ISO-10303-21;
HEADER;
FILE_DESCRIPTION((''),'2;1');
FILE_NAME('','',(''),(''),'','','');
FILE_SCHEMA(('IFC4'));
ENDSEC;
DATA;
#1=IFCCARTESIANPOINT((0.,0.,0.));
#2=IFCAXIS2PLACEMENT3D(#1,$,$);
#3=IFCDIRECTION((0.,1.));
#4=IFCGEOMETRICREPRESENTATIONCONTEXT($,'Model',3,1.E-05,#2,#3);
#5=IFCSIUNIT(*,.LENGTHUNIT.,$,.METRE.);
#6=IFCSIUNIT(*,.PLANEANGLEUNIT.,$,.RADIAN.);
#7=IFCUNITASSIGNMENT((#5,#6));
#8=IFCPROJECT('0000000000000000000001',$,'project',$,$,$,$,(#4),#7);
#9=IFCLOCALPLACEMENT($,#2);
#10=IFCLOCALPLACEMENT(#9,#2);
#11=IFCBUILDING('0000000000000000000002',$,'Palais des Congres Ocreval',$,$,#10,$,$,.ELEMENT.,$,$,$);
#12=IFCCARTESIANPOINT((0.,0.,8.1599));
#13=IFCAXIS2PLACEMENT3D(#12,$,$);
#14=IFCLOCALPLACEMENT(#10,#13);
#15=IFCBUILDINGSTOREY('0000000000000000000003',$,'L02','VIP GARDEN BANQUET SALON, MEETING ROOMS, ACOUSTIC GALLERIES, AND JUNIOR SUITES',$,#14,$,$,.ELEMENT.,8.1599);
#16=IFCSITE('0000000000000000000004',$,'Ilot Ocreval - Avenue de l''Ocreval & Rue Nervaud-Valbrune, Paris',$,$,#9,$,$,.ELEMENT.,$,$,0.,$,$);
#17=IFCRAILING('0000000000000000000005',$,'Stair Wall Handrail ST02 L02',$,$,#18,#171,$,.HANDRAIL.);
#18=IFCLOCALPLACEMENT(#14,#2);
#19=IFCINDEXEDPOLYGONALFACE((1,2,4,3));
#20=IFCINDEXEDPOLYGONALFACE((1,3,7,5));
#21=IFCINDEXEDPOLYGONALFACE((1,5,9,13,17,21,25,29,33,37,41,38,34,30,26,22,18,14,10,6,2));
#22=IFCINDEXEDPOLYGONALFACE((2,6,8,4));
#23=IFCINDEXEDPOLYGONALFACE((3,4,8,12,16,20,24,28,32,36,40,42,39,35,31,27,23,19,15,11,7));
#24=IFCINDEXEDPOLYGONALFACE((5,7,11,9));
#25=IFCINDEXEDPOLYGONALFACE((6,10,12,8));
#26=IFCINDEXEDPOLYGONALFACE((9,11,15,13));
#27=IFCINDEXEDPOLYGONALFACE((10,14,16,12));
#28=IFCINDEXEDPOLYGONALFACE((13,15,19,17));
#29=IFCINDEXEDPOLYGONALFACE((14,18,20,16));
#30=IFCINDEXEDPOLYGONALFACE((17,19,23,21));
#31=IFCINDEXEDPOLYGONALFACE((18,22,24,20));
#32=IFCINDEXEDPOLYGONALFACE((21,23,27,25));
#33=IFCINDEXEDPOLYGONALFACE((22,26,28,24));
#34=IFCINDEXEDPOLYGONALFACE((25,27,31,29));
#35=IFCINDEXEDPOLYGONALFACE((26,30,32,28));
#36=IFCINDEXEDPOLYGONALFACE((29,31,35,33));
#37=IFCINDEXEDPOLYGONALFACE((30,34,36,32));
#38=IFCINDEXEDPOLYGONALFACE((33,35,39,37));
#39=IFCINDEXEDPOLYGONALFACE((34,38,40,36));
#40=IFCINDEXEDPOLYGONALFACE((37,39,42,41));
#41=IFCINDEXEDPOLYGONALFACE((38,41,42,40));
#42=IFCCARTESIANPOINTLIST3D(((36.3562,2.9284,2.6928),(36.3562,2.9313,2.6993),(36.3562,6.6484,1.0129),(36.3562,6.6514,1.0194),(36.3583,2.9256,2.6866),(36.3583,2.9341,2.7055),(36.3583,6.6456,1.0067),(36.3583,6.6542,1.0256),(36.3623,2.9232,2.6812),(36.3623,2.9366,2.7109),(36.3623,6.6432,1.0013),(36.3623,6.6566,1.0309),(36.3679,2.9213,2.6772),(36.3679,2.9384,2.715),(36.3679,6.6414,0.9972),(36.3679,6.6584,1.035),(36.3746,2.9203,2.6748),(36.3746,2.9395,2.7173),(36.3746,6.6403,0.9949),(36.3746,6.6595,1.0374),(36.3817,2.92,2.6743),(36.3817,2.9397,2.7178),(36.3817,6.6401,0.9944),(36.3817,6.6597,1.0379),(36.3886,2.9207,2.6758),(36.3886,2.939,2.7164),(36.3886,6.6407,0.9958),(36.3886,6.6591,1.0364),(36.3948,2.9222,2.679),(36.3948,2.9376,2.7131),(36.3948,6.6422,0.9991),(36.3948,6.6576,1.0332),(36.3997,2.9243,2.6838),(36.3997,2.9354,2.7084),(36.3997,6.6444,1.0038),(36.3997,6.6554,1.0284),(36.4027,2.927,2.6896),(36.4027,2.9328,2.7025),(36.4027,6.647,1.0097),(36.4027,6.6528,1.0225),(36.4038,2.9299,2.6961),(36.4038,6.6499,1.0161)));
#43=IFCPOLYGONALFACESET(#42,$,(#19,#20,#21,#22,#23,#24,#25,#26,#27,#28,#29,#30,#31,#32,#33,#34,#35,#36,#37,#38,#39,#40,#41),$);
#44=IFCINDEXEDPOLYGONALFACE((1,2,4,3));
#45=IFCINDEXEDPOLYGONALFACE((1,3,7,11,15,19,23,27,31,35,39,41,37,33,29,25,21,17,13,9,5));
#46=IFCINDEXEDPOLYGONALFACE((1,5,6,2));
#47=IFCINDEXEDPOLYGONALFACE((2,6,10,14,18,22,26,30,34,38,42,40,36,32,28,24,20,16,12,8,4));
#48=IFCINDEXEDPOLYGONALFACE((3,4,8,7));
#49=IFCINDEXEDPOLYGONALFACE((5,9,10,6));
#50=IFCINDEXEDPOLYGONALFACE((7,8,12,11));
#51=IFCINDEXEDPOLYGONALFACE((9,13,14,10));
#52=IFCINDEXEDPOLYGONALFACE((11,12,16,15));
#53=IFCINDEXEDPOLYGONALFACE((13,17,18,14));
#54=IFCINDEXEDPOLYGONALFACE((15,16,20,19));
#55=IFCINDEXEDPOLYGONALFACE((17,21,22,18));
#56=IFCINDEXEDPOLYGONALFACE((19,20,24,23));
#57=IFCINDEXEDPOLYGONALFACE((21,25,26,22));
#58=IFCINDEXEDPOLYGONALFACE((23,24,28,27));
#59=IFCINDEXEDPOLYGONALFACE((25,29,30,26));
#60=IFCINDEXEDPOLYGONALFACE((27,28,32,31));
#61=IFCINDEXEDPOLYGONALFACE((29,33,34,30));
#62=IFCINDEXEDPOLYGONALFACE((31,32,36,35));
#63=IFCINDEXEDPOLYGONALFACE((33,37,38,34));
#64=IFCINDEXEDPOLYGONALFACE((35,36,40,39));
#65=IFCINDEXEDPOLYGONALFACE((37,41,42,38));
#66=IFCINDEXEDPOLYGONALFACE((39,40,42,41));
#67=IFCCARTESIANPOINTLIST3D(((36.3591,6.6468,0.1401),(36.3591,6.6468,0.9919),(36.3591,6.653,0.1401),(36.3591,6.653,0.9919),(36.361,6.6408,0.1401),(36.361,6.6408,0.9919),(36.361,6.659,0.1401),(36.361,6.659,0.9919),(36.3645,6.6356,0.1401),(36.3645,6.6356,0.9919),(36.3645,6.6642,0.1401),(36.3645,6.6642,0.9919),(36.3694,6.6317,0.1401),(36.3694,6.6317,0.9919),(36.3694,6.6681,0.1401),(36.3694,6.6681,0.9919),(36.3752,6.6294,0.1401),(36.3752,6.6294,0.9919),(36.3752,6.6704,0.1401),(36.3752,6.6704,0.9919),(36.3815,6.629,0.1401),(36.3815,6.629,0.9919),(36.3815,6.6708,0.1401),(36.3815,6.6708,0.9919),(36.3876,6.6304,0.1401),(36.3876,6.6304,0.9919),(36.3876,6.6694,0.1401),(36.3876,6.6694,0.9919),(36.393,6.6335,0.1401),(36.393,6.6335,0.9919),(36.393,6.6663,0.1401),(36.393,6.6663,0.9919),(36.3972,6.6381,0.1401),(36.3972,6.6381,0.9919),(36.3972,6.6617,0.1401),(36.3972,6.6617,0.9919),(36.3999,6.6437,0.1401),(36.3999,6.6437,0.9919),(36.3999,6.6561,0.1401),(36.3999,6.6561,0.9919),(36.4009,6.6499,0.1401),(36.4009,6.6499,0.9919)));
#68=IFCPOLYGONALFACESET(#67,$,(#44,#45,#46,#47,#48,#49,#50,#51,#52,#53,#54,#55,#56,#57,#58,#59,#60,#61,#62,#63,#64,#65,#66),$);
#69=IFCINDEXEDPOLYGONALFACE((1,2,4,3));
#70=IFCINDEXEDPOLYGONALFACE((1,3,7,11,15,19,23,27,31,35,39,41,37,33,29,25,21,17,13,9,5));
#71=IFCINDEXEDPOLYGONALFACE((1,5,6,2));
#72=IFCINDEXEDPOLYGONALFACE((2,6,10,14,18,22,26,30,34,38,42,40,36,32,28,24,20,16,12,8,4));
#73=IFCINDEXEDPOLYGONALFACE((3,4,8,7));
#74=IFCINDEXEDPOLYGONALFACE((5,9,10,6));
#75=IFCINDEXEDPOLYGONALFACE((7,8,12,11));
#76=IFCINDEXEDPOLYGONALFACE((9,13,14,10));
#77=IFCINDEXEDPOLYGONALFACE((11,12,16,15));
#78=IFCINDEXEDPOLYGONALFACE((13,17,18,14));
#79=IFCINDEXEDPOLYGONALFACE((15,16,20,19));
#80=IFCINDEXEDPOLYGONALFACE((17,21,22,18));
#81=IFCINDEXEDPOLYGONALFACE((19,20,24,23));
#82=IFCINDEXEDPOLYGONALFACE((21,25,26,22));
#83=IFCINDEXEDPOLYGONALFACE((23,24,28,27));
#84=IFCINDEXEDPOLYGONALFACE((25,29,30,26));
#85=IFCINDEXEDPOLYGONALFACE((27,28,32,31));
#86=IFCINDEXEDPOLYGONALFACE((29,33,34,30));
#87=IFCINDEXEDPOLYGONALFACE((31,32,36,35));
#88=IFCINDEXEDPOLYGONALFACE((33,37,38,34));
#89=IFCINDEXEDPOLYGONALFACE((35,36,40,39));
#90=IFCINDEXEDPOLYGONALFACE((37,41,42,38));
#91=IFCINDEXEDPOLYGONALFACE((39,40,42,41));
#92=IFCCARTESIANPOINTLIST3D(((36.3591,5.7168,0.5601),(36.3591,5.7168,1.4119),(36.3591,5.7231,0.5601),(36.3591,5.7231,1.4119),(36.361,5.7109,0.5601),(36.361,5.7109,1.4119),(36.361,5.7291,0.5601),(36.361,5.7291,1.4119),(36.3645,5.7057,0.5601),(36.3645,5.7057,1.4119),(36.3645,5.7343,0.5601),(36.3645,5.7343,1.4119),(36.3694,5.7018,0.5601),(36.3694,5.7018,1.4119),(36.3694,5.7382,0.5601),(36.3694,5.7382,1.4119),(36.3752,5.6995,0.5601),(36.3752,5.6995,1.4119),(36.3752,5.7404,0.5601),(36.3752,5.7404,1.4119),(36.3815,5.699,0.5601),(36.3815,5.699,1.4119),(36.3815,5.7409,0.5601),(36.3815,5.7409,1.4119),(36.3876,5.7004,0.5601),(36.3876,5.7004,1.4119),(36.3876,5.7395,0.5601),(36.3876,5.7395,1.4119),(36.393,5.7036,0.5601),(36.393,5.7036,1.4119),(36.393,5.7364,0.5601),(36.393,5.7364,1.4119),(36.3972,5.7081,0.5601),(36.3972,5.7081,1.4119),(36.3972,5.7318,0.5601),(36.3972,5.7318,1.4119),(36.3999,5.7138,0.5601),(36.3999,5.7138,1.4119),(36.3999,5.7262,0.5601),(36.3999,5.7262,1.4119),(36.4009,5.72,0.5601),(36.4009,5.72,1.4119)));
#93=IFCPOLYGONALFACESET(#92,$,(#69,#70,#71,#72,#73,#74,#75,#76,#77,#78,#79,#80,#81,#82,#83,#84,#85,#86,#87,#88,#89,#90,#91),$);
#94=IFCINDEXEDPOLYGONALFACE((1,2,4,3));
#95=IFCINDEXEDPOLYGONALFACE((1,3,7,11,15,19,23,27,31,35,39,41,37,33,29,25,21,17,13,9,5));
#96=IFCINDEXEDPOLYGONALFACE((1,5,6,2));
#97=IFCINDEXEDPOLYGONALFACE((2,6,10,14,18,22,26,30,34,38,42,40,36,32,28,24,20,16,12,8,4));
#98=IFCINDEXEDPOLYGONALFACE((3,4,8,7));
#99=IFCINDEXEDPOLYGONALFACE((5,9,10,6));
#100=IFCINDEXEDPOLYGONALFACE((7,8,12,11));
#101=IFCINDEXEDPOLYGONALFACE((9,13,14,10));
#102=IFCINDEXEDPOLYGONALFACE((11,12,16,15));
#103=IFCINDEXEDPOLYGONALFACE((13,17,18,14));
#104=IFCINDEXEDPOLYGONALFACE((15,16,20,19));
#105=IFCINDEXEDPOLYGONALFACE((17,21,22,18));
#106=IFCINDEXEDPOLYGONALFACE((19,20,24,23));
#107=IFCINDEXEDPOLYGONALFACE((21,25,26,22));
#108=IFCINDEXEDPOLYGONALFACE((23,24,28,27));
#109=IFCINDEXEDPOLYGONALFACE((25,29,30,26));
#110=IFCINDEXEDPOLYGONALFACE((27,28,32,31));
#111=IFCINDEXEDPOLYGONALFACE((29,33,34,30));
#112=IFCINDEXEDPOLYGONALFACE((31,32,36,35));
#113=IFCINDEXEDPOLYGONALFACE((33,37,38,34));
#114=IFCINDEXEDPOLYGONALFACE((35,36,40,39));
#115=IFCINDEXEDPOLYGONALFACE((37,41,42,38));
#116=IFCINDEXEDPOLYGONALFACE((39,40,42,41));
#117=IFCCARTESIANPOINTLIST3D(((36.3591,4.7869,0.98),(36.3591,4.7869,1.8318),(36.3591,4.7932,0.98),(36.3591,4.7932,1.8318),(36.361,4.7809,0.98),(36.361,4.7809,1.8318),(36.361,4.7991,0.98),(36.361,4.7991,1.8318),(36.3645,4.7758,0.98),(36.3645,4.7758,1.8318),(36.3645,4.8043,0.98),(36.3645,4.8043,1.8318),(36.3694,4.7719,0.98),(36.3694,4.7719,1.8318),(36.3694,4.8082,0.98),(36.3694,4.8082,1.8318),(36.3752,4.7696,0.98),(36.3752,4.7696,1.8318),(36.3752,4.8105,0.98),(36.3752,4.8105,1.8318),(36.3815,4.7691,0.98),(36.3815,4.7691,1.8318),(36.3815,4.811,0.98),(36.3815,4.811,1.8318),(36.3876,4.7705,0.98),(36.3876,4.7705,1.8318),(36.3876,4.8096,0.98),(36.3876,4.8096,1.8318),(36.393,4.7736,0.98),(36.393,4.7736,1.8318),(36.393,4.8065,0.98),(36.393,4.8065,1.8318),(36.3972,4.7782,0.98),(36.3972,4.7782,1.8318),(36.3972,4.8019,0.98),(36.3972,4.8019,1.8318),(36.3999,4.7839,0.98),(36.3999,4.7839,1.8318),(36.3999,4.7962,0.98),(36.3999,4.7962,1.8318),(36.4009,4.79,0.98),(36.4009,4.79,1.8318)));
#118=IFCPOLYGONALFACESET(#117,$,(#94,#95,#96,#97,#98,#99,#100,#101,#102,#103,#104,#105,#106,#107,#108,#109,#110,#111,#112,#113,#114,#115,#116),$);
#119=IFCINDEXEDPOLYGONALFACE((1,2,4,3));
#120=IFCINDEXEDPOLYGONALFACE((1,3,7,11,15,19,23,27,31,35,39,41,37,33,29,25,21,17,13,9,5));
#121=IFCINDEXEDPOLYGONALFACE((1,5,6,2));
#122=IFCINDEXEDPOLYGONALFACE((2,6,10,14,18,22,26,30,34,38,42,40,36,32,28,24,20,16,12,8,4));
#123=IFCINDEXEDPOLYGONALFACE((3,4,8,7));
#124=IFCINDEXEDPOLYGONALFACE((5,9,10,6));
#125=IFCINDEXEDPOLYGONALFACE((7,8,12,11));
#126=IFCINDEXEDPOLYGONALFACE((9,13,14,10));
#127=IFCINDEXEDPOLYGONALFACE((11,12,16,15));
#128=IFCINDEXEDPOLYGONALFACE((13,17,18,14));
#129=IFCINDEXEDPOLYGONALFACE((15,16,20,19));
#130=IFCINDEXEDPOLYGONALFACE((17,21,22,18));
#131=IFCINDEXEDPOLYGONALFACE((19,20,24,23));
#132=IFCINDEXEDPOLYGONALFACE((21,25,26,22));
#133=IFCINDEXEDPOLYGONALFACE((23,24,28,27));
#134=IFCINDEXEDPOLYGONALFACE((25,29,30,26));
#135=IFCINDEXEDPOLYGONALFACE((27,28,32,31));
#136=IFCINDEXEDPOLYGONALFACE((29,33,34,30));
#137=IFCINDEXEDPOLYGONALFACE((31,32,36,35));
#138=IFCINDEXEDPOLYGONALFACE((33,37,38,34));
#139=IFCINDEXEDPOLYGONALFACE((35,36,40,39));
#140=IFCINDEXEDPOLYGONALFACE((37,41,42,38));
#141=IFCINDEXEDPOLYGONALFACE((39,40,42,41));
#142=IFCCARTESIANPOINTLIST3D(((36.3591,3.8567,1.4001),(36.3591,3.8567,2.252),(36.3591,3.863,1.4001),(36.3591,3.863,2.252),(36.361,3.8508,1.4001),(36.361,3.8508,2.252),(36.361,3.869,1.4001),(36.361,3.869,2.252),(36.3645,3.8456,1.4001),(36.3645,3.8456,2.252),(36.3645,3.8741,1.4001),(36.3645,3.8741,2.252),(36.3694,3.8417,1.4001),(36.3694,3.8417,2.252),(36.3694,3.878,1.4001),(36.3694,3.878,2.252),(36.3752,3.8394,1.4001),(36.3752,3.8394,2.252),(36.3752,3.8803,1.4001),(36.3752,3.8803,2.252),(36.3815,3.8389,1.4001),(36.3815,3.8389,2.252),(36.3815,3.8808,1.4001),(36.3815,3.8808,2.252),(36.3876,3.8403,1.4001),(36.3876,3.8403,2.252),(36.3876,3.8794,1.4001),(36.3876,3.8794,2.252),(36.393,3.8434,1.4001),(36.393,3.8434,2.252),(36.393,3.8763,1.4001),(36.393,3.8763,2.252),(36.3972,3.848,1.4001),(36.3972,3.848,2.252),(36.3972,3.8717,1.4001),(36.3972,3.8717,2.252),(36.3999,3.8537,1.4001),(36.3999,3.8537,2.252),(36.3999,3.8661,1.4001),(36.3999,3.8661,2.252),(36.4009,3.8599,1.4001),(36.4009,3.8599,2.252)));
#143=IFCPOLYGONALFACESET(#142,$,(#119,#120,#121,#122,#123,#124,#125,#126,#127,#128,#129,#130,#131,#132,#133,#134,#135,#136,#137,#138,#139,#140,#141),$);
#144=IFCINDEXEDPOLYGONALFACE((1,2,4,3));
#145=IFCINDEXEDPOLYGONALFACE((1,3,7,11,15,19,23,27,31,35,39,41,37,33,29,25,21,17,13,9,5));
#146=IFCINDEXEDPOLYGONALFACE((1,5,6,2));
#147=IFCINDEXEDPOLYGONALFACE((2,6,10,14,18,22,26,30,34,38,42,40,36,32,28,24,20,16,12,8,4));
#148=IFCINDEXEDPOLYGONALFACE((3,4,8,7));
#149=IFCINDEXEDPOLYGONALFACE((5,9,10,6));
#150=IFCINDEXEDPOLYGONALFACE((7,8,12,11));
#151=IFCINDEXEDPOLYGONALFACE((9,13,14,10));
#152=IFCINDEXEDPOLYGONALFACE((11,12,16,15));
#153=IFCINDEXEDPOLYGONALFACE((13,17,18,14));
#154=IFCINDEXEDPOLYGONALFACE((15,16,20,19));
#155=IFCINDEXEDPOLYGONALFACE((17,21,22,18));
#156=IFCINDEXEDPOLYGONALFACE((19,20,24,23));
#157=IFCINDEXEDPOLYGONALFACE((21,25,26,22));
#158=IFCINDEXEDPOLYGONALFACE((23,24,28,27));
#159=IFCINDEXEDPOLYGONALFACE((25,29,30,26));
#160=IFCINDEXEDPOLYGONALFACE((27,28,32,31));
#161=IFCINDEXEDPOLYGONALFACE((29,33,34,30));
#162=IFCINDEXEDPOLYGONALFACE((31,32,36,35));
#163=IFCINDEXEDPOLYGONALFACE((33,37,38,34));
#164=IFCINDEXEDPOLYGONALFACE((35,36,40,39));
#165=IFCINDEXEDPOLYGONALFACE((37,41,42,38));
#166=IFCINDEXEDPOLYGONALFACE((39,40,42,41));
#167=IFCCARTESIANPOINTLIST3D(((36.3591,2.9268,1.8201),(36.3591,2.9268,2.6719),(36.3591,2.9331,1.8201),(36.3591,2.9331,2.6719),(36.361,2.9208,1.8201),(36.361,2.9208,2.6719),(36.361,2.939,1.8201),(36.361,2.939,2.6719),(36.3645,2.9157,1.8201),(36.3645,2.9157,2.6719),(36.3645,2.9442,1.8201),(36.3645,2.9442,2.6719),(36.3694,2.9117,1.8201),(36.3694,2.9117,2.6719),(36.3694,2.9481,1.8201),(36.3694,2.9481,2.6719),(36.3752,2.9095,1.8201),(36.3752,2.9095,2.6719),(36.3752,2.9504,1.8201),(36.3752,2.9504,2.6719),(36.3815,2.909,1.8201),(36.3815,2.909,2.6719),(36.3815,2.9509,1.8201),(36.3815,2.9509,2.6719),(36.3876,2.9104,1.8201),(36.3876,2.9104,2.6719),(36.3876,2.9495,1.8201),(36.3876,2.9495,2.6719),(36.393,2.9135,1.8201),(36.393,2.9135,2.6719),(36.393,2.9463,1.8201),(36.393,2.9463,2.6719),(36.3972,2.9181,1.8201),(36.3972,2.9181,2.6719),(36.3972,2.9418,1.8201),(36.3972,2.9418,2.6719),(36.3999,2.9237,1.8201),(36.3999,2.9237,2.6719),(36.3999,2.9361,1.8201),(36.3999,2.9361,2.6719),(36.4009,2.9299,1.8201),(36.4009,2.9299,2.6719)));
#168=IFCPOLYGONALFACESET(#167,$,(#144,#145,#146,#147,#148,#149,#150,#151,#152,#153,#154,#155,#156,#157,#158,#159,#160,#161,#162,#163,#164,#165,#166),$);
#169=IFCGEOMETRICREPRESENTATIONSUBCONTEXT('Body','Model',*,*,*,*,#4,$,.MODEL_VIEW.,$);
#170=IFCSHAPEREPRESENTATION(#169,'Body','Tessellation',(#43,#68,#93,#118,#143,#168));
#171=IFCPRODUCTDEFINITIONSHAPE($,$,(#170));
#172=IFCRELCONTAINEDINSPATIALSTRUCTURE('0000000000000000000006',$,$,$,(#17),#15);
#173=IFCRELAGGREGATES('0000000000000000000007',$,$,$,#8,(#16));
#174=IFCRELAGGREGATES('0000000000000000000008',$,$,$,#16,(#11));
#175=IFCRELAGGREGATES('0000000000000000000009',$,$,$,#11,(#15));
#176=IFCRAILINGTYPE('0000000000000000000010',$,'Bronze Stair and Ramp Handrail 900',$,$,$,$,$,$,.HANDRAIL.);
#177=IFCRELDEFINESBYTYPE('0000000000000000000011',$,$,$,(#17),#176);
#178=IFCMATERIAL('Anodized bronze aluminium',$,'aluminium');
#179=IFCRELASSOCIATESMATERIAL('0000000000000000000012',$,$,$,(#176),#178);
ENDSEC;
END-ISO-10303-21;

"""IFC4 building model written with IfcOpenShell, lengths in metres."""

from ifc_helpers import new_model, si_unit, direction, frame, origin, origin_2d, place, context, subcontext, project, spatial, circle, extrude, material, type_object, element, save


model = new_model("IFC4")

# Units and contexts
model_context = context("Model", 3, precision=1e-05, world=origin(), true_north=direction((0.0, 1.0)))
body_context = subcontext(model_context, "Body", "Model", "MODEL_VIEW")
ifc_project = project(units=[si_unit("LENGTHUNIT", "METRE"), si_unit("PLANEANGLEUNIT", "RADIAN")], contexts=[model_context])

# Site, building, storey
site_placement = place(None, origin())
site = spatial("IfcSite", under=ifc_project, at=site_placement, Name="Ilot Ocreval - Avenue de l'Ocreval & Rue Nervaud-Valbrune, Paris", CompositionType="ELEMENT", RefElevation=0.0)
building_placement = place(site_placement, origin())
building = spatial("IfcBuilding", under=site, at=building_placement, Name="Palais des Congres Ocreval", CompositionType="ELEMENT")
storey_placement = place(building_placement, frame((0.0, 0.0, 8.1599)))
storey = spatial("IfcBuildingStorey", under=building, at=storey_placement, Name="L02", Description="VIP GARDEN BANQUET SALON, MEETING ROOMS, ACOUSTIC GALLERIES, AND JUNIOR SUITES", CompositionType="ELEMENT", Elevation=8.1599)

# Railing
ifc_material_1 = material(Name="Anodized bronze aluminium", Category="aluminium")
railing_type_1 = type_object("IfcRailingType", Name="Bronze Stair and Ramp Handrail 900", PredefinedType="HANDRAIL", material=ifc_material_1)
railing_1_placement = place(storey_placement, frame((36.3799, 6.6499, 0.1401)))
element("IfcRailing", 1, at=railing_1_placement, inside=storey, type_object=railing_type_1, Name="Stair Wall Handrail ST02 L02", PredefinedType="HANDRAIL", context=body_context, shape_type="SweptSolid", body=[
    extrude(circle(Radius=0.0239, at=origin_2d()), frame((0.0, 0.0, 0.876), z_axis=(0.0, -0.911376, 0.411576), x_axis=(1.0, 0.0, 0.0)), (0.0, 0.0, 1.0), 4.0818),
    extrude(circle(Radius=0.021, at=origin_2d()), origin(), (0.0, 0.0, 1.0), 0.8518),
    extrude(circle(Radius=0.021, at=origin_2d()), frame((0.0, -0.9299, 0.4199)), (0.0, 0.0, 1.0), 0.8518),
    extrude(circle(Radius=0.021, at=origin_2d()), frame((0.0, -1.8599, 0.8398)), (0.0, 0.0, 1.0), 0.8518),
    extrude(circle(Radius=0.021, at=origin_2d()), frame((0.0, -2.79, 1.26)), (0.0, 0.0, 1.0), 0.8518),
    extrude(circle(Radius=0.021, at=origin_2d()), frame((0.0, -3.72, 1.6799)), (0.0, 0.0, 1.0), 0.8518),
])

save(model, "model.ifc")
